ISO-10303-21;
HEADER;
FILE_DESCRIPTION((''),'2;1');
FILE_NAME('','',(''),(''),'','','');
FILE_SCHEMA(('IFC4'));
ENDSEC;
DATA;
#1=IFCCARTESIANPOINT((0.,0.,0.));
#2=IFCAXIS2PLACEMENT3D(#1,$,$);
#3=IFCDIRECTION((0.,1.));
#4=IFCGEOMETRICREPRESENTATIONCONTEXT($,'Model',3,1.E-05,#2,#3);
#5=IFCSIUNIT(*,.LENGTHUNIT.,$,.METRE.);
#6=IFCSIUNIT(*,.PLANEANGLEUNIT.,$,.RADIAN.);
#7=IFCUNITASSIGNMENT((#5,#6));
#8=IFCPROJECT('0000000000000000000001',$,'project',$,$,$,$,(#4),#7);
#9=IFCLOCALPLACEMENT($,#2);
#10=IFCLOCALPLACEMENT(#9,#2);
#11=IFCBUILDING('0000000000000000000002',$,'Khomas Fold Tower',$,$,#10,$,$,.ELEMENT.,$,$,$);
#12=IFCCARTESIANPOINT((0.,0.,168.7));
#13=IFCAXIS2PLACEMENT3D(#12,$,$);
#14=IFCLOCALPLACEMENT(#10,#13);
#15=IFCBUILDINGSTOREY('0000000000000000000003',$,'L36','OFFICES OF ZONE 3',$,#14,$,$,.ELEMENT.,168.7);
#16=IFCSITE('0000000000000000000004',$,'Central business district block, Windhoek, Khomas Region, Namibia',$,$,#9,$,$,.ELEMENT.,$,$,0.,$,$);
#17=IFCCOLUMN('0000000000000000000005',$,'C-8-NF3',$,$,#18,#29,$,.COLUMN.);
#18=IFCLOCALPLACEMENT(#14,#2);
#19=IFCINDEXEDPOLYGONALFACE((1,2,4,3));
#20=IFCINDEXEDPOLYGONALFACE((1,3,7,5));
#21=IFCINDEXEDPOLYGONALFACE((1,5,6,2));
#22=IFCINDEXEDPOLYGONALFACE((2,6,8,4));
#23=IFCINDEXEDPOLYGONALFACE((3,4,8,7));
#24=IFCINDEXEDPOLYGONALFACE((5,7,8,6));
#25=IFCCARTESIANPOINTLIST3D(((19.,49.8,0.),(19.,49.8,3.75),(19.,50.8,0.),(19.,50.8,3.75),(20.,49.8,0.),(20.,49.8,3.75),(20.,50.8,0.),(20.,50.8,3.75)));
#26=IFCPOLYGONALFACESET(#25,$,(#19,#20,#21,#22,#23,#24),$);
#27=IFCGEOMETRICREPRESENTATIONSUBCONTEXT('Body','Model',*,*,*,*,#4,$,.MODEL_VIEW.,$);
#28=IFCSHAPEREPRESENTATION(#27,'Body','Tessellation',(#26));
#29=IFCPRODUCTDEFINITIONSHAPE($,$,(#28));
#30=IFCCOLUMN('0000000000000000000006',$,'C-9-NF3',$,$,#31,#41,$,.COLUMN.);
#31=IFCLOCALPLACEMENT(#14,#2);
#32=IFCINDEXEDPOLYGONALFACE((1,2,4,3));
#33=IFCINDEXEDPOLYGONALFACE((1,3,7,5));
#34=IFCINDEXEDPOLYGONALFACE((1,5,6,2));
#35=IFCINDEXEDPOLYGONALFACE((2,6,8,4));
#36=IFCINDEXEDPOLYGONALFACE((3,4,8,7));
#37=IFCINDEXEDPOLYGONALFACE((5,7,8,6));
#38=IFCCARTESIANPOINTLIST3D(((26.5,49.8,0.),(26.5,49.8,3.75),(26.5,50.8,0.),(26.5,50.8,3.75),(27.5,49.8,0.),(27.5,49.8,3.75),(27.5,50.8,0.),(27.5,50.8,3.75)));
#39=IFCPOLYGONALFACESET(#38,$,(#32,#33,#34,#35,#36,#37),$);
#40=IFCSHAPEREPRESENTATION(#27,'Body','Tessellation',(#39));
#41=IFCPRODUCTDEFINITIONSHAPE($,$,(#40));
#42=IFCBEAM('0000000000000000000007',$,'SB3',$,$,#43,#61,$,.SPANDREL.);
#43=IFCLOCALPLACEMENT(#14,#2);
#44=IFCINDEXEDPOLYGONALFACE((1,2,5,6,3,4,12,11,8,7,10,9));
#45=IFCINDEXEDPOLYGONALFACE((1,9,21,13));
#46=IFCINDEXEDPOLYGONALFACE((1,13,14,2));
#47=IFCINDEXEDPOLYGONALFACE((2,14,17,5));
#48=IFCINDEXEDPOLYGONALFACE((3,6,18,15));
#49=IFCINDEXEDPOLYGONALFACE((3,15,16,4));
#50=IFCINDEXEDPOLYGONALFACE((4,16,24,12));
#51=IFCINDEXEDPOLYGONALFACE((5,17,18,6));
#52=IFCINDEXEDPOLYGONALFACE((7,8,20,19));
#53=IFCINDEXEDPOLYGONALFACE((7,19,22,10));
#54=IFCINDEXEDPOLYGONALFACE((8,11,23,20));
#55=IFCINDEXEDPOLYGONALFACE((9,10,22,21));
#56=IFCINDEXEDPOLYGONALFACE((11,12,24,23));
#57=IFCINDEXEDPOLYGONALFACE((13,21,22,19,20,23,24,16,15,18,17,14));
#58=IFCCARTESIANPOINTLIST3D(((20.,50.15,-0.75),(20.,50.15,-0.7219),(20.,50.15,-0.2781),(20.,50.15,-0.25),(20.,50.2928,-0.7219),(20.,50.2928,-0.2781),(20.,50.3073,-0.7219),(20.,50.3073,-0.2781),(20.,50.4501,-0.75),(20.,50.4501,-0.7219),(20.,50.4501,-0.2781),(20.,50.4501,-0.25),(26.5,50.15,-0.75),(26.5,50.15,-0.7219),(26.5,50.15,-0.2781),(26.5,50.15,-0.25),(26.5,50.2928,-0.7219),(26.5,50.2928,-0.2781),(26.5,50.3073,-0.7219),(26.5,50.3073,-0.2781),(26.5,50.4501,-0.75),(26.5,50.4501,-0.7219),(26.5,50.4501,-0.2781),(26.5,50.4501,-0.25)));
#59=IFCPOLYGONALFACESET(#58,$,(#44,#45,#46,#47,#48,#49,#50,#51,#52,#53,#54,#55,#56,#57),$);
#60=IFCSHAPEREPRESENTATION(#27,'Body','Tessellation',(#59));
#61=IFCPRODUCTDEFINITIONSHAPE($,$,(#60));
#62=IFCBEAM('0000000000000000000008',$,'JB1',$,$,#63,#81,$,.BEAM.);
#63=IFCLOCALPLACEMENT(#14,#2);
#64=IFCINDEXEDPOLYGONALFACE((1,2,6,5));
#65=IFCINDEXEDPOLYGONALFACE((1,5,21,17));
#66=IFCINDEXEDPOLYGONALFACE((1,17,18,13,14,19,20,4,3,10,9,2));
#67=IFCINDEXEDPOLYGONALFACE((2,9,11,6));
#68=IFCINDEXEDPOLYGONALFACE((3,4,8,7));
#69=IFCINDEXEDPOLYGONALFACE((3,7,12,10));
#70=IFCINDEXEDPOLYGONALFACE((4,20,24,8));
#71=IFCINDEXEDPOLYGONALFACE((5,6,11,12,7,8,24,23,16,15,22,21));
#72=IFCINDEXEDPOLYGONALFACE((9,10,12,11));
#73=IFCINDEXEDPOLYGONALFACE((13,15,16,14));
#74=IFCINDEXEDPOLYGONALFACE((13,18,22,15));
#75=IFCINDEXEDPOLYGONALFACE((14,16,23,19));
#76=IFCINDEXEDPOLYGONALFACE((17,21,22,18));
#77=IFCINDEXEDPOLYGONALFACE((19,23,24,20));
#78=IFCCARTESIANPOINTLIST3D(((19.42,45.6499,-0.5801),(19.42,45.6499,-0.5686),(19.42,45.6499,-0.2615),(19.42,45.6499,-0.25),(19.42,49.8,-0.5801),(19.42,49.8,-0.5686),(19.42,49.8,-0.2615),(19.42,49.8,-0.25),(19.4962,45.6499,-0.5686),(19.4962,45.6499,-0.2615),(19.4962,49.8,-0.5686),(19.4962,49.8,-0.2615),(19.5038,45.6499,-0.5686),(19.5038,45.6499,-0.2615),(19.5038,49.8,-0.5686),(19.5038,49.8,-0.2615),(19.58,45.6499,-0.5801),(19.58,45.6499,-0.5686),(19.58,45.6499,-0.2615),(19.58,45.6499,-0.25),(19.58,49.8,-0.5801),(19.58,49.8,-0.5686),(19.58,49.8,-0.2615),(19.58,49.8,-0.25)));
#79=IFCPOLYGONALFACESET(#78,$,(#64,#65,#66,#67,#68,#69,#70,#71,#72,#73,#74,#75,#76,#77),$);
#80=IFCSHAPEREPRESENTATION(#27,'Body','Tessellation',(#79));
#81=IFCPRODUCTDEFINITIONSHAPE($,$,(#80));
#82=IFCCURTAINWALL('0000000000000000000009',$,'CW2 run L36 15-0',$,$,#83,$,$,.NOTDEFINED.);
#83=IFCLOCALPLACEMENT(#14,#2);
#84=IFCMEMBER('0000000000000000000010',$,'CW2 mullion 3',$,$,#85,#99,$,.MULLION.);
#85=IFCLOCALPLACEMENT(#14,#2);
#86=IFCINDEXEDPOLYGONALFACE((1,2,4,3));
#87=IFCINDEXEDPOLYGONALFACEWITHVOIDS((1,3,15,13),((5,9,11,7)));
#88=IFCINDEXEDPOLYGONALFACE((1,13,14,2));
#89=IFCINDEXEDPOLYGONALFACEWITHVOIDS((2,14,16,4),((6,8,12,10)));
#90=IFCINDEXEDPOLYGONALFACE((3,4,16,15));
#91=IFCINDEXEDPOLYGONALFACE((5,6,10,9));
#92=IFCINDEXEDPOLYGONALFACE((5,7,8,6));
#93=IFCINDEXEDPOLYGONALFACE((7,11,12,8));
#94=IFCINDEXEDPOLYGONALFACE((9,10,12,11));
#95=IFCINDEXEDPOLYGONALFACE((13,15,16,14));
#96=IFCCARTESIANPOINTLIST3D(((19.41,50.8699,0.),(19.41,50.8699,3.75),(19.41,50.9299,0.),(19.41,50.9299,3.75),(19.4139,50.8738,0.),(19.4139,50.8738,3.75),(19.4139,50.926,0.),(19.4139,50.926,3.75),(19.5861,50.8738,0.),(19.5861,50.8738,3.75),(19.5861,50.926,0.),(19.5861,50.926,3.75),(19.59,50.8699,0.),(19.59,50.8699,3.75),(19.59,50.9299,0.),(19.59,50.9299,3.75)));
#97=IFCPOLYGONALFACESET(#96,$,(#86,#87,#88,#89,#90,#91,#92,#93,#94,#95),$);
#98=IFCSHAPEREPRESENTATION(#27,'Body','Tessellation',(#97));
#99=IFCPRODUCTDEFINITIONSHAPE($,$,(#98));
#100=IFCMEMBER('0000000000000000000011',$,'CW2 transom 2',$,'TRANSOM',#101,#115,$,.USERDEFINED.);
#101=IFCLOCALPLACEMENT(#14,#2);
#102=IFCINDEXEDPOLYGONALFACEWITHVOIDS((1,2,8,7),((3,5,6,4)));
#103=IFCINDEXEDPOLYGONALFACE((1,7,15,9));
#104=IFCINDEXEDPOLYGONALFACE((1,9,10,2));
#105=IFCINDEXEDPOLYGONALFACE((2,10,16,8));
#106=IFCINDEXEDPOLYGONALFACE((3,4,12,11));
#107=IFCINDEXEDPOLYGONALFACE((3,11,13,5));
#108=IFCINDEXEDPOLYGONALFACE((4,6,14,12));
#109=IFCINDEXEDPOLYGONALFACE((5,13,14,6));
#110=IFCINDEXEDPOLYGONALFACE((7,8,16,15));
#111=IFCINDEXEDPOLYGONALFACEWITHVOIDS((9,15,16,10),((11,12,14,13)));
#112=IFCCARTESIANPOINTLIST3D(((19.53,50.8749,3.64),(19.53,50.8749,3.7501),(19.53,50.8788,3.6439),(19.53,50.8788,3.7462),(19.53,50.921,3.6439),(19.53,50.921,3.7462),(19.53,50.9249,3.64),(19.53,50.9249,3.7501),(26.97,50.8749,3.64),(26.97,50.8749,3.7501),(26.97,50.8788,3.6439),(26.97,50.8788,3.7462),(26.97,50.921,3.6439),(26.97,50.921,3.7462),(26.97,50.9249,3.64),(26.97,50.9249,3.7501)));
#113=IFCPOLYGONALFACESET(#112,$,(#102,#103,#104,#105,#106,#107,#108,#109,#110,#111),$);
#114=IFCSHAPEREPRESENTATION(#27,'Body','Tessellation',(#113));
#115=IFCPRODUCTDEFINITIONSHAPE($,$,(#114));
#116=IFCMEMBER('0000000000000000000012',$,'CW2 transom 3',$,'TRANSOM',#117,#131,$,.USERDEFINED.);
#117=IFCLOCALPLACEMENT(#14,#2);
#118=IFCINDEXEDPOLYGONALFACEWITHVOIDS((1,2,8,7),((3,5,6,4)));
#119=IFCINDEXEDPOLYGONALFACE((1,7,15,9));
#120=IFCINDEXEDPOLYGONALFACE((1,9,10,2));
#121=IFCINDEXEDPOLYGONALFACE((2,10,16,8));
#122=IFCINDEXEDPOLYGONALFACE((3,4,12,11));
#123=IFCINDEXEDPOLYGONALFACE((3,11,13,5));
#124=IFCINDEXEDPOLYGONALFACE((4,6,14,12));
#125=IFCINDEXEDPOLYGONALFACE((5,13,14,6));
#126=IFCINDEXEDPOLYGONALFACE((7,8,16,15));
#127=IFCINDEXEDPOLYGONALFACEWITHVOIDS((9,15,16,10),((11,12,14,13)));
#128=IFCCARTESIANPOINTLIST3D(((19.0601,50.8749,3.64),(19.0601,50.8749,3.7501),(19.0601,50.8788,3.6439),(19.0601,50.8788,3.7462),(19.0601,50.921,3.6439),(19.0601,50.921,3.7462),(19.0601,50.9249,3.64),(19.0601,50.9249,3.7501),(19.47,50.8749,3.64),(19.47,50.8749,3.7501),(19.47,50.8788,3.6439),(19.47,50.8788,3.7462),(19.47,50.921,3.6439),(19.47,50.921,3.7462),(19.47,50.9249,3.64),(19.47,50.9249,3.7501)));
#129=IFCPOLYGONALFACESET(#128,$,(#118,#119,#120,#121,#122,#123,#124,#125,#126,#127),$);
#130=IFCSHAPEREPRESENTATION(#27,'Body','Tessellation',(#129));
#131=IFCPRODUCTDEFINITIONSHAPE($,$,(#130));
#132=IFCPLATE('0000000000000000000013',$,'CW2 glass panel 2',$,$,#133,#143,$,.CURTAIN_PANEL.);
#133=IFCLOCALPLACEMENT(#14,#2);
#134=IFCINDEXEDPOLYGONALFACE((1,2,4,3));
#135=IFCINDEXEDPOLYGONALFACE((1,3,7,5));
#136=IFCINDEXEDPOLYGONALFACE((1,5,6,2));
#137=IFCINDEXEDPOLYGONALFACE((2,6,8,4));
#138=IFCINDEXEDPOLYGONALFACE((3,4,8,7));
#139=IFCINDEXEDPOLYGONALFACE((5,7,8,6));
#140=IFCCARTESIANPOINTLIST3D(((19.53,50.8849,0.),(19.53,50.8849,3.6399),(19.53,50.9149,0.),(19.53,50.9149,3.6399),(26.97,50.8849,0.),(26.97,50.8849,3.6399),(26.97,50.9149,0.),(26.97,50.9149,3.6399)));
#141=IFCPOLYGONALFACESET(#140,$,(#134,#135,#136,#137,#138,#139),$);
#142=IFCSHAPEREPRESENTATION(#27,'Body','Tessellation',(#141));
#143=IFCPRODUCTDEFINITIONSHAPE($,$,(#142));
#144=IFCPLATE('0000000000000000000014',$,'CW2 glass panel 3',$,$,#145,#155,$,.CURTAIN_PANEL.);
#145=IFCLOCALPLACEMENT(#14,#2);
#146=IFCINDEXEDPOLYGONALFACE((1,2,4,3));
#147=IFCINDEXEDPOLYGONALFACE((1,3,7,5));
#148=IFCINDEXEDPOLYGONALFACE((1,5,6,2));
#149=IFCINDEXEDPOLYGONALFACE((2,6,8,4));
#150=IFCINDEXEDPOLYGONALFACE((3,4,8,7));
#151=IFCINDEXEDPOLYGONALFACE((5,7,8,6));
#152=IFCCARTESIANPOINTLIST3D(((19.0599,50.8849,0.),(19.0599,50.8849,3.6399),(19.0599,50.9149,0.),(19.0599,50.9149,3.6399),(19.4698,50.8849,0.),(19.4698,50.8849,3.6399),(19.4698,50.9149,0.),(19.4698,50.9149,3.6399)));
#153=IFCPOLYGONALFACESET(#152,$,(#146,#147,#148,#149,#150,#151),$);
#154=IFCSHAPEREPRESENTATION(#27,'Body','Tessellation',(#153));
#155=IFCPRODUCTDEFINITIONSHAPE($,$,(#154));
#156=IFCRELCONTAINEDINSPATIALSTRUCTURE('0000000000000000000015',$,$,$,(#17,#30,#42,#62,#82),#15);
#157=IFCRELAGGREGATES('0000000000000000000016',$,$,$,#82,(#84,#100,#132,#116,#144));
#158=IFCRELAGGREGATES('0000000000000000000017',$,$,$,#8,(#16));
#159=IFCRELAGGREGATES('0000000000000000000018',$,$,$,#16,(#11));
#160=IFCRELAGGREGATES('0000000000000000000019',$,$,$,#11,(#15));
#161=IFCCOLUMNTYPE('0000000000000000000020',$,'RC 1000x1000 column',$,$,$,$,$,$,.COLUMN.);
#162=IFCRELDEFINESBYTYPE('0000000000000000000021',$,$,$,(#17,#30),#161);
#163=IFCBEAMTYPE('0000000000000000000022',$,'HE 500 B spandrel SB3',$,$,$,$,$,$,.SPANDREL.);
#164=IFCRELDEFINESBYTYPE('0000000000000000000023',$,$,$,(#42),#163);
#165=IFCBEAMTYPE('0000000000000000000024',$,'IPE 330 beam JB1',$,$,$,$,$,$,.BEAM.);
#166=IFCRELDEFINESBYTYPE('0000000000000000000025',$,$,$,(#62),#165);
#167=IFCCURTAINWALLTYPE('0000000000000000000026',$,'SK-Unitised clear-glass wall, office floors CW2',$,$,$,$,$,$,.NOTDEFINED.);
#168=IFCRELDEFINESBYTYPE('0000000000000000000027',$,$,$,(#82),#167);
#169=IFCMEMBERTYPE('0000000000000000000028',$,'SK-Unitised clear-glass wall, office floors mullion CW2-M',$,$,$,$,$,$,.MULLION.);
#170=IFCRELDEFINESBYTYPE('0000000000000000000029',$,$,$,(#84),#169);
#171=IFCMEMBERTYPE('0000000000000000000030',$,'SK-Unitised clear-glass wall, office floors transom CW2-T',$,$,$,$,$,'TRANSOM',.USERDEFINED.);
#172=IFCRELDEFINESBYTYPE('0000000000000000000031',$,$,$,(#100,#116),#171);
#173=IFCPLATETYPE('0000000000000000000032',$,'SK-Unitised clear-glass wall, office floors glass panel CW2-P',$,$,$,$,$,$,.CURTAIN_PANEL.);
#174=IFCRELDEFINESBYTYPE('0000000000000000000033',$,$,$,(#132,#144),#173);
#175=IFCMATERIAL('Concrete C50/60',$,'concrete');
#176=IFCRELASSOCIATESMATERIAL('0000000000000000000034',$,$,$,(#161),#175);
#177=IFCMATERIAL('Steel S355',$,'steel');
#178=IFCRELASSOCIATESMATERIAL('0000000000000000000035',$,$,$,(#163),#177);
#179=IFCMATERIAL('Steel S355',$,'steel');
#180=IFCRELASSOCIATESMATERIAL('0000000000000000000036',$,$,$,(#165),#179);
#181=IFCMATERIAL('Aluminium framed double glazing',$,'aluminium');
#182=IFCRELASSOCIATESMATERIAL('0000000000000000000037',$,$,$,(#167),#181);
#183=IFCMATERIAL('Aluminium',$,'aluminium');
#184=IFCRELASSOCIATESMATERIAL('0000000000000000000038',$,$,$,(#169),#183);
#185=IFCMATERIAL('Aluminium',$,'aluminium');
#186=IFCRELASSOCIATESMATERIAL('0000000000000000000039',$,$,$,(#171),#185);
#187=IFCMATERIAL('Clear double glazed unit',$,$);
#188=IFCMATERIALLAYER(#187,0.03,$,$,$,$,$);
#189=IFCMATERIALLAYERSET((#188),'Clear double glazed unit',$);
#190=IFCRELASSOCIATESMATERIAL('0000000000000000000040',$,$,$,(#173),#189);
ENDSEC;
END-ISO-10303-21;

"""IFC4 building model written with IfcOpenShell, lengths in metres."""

from ifc_helpers import new_model, si_unit, direction, frame, origin, origin_2d, place, context, subcontext, project, spatial, rectangle, hollow_rectangle, i_section, extrude, source, transform, mapped, material, layer, layer_set, material_profile, profile_set, type_object, element, aggregate, save


model = new_model("IFC4")

# Units and contexts
model_context = context("Model", 3, precision=1e-05, world=origin(), true_north=direction((0.0, 1.0)))
body_context = subcontext(model_context, "Body", "Model", "MODEL_VIEW")
ifc_project = project(units=[si_unit("LENGTHUNIT", "METRE"), si_unit("PLANEANGLEUNIT", "RADIAN")], contexts=[model_context])

# Site, building, storey
site_placement = place(None, origin())
site = spatial("IfcSite", under=ifc_project, at=site_placement, Name="Central business district block, Windhoek, Khomas Region, Namibia", CompositionType="ELEMENT", RefElevation=0.0)
building_placement = place(site_placement, origin())
building = spatial("IfcBuilding", under=site, at=building_placement, Name="Khomas Fold Tower", CompositionType="ELEMENT")
storey_placement = place(building_placement, frame((0.0, 0.0, 168.7)))
storey = spatial("IfcBuildingStorey", under=building, at=storey_placement, Name="L36", Description="OFFICES OF ZONE 3", CompositionType="ELEMENT", Elevation=168.7)

# Columns
ifc_material_1 = material(Name="Concrete C50/60", Category="concrete")
ifc_material_profile_1 = material_profile(ifc_material_1, rectangle(XDim=1.0, YDim=1.0, at=origin_2d()), Name="RC 1000x1000")
ifc_profile_set_1 = profile_set([ifc_material_profile_1], Name="Concrete C50/60")
column_type = type_object("IfcColumnType", Name="RC 1000x1000 column", PredefinedType="COLUMN", material=ifc_profile_set_1)
shared_shape_1 = source(origin(), body_context, "Body", "SweptSolid", [
    extrude(rectangle(XDim=1.0, YDim=1.0, at=origin_2d()), origin(), (0.0, 0.0, 1.0), 3.75),
])
for number, where, z_axis, x_axis, name in (
    (1, (19.5, 50.3, 0.0), (0.0, 0.0, 1.0), (1.0, 0.0, 0.0), "C-8-NF3"),
    (2, (27.0, 50.3, 0.0), (0.0, 0.0, 1.0), (1.0, 0.0, 0.0), "C-9-NF3"),
):
    element("IfcColumn", number, at=place(storey_placement, frame(where, z_axis=z_axis, x_axis=x_axis)), inside=storey, type_object=column_type, Name=name, PredefinedType="COLUMN", context=body_context, shape_type="MappedRepresentation", body=[
        mapped(shared_shape_1, transform((0.0, 0.0, 0.0))),
    ])

# Beams
ifc_material_2 = material(Name="Steel S355", Category="steel")
ifc_material_profile_2 = material_profile(ifc_material_2, i_section(OverallWidth=0.3, OverallDepth=0.5, WebThickness=0.0144, FlangeThickness=0.0281, at=origin_2d()), Name="HE 500 B")
ifc_profile_set_2 = profile_set([ifc_material_profile_2], Name="Steel S355")
beam_type_1 = type_object("IfcBeamType", Name="HE 500 B spandrel SB3", PredefinedType="SPANDREL", material=ifc_profile_set_2)
shared_shape_2 = source(origin(), body_context, "Body", "SweptSolid", [
    extrude(i_section(OverallWidth=0.3, OverallDepth=0.5, WebThickness=0.0144, FlangeThickness=0.0281, at=origin_2d()), origin(), (0.0, 0.0, 1.0), 6.5),
])
beam_1_placement = place(storey_placement, frame((20.0, 50.3, -0.5), z_axis=(1.0, 0.0, 0.0), x_axis=(0.0, 1.0, 0.0)))
element("IfcBeam", 3, at=beam_1_placement, inside=storey, type_object=beam_type_1, Name="SB3", PredefinedType="SPANDREL", context=body_context, shape_type="MappedRepresentation", body=[
    mapped(shared_shape_2, transform((0.0, 0.0, 0.0))),
])
ifc_material_3 = material(Name="Steel S355", Category="steel")
ifc_material_profile_3 = material_profile(ifc_material_3, i_section(OverallWidth=0.1599, OverallDepth=0.3301, WebThickness=0.0076, FlangeThickness=0.0115, at=origin_2d()), Name="IPE 330")
ifc_profile_set_3 = profile_set([ifc_material_profile_3], Name="Steel S355")
beam_type_2 = type_object("IfcBeamType", Name="IPE 330 beam JB1", PredefinedType="BEAM", material=ifc_profile_set_3)
shared_shape_3 = source(origin(), body_context, "Body", "SweptSolid", [
    extrude(i_section(OverallWidth=0.1599, OverallDepth=0.3301, WebThickness=0.0076, FlangeThickness=0.0115, at=origin_2d()), origin(), (0.0, 0.0, 1.0), 4.1501),
])
beam_2_placement = place(storey_placement, frame((19.5, 45.6499, -0.415), z_axis=(0.0, 1.0, 0.0), x_axis=(-1.0, 0.0, 0.0)))
element("IfcBeam", 4, at=beam_2_placement, inside=storey, type_object=beam_type_2, Name="JB1", PredefinedType="BEAM", context=body_context, shape_type="MappedRepresentation", body=[
    mapped(shared_shape_3, transform((0.0, 0.0, 0.0))),
])

# Curtain wall, members, plates
ifc_material_4 = material(Name="Aluminium framed double glazing", Category="aluminium")
curtain_wall_type = type_object("IfcCurtainWallType", Name="SK-Unitised clear-glass wall, office floors CW2", PredefinedType="NOTDEFINED", material=ifc_material_4)
curtain_wall_placement = place(storey_placement, origin())
curtain_wall = element("IfcCurtainWall", 5, at=curtain_wall_placement, inside=storey, type_object=curtain_wall_type, Name="CW2 run L36 15-0", PredefinedType="NOTDEFINED")
ifc_material_5 = material(Name="Aluminium", Category="aluminium")
ifc_material_profile_4 = material_profile(ifc_material_5, hollow_rectangle(XDim=0.0601, YDim=0.1799, WallThickness=0.0039, at=origin_2d()), Name="SK-Unitised clear-glass wall, office floors mullion CW2-M")
ifc_profile_set_4 = profile_set([ifc_material_profile_4], Name="Aluminium")
member_type_1 = type_object("IfcMemberType", Name="SK-Unitised clear-glass wall, office floors mullion CW2-M", PredefinedType="MULLION", material=ifc_profile_set_4)
shared_shape_4 = source(origin(), body_context, "Body", "SweptSolid", [
    extrude(hollow_rectangle(XDim=0.0601, YDim=0.1799, WallThickness=0.0039, at=origin_2d()), origin(), (0.0, 0.0, 1.0), 3.75),
])
member_1_placement = place(storey_placement, frame((19.5, 50.8999, 0.0), z_axis=(0.0, 0.0, 1.0), x_axis=(0.0, -1.0, 0.0)))
member_1 = element("IfcMember", 6, at=member_1_placement, type_object=member_type_1, Name="CW2 mullion 3", PredefinedType="MULLION", context=body_context, shape_type="MappedRepresentation", body=[
    mapped(shared_shape_4, transform((0.0, 0.0, 0.0))),
])
ifc_material_6 = material(Name="Aluminium", Category="aluminium")
ifc_material_profile_5 = material_profile(ifc_material_6, hollow_rectangle(XDim=0.05, YDim=0.1101, WallThickness=0.0039, at=origin_2d()), Name="SK-Unitised clear-glass wall, office floors transom CW2-T")
ifc_profile_set_5 = profile_set([ifc_material_profile_5], Name="Aluminium")
member_type_2 = type_object("IfcMemberType", Name="SK-Unitised clear-glass wall, office floors transom CW2-T", ElementType="TRANSOM", PredefinedType="USERDEFINED", material=ifc_profile_set_5)
shared_shape_5 = source(origin(), body_context, "Body", "SweptSolid", [
    extrude(hollow_rectangle(XDim=0.05, YDim=0.1101, WallThickness=0.0039, at=origin_2d()), origin(), (0.0, 0.0, 1.0), 7.4399),
])
member_2_placement = place(storey_placement, frame((26.97, 50.8999, 3.6951), z_axis=(-1.0, 0.0, 0.0), x_axis=(0.0, -1.0, 0.0)))
member_2 = element("IfcMember", 7, at=member_2_placement, type_object=member_type_2, Name="CW2 transom 2", ObjectType="TRANSOM", PredefinedType="USERDEFINED", context=body_context, shape_type="MappedRepresentation", body=[
    mapped(shared_shape_5, transform((0.0, 0.0, 0.0))),
])
shared_shape_6 = source(origin(), body_context, "Body", "SweptSolid", [
    extrude(hollow_rectangle(XDim=0.05, YDim=0.1101, WallThickness=0.0039, at=origin_2d()), origin(), (0.0, 0.0, 1.0), 0.4099),
])
member_3_placement = place(storey_placement, frame((19.47, 50.8999, 3.6951), z_axis=(-1.0, 0.0, 0.0), x_axis=(0.0, -1.0, 0.0)))
member_3 = element("IfcMember", 8, at=member_3_placement, type_object=member_type_2, Name="CW2 transom 3", ObjectType="TRANSOM", PredefinedType="USERDEFINED", context=body_context, shape_type="MappedRepresentation", body=[
    mapped(shared_shape_6, transform((0.0, 0.0, 0.0))),
])
ifc_material_7 = material(Name="Clear double glazed unit")
ifc_layer_1 = layer(ifc_material_7, 0.03)
ifc_layer_set_1 = layer_set([ifc_layer_1], Name="Clear double glazed unit")
plate_type = type_object("IfcPlateType", Name="SK-Unitised clear-glass wall, office floors glass panel CW2-P", PredefinedType="CURTAIN_PANEL", material=ifc_layer_set_1)
shared_shape_7 = source(origin(), body_context, "Body", "SweptSolid", [
    extrude(rectangle(XDim=7.4399, YDim=0.03, at=origin_2d()), origin(), (0.0, 0.0, 1.0), 3.6399),
])
plate_1_placement = place(storey_placement, frame((23.25, 50.8999, 0.0), z_axis=(0.0, 0.0, 1.0), x_axis=(-1.0, 0.0, 0.0)))
plate_1 = element("IfcPlate", 9, at=plate_1_placement, type_object=plate_type, Name="CW2 glass panel 2", PredefinedType="CURTAIN_PANEL", context=body_context, shape_type="MappedRepresentation", body=[
    mapped(shared_shape_7, transform((0.0, 0.0, 0.0))),
])
shared_shape_8 = source(origin(), body_context, "Body", "SweptSolid", [
    extrude(rectangle(XDim=0.4099, YDim=0.03, at=origin_2d()), origin(), (0.0, 0.0, 1.0), 3.6399),
])
plate_2_placement = place(storey_placement, frame((19.2649, 50.8999, 0.0), z_axis=(0.0, 0.0, 1.0), x_axis=(-1.0, 0.0, 0.0)))
plate_2 = element("IfcPlate", 10, at=plate_2_placement, type_object=plate_type, Name="CW2 glass panel 3", PredefinedType="CURTAIN_PANEL", context=body_context, shape_type="MappedRepresentation", body=[
    mapped(shared_shape_8, transform((0.0, 0.0, 0.0))),
])
aggregate(curtain_wall, [member_1, member_2, plate_1, member_3, plate_2])

save(model, "model.ifc")
